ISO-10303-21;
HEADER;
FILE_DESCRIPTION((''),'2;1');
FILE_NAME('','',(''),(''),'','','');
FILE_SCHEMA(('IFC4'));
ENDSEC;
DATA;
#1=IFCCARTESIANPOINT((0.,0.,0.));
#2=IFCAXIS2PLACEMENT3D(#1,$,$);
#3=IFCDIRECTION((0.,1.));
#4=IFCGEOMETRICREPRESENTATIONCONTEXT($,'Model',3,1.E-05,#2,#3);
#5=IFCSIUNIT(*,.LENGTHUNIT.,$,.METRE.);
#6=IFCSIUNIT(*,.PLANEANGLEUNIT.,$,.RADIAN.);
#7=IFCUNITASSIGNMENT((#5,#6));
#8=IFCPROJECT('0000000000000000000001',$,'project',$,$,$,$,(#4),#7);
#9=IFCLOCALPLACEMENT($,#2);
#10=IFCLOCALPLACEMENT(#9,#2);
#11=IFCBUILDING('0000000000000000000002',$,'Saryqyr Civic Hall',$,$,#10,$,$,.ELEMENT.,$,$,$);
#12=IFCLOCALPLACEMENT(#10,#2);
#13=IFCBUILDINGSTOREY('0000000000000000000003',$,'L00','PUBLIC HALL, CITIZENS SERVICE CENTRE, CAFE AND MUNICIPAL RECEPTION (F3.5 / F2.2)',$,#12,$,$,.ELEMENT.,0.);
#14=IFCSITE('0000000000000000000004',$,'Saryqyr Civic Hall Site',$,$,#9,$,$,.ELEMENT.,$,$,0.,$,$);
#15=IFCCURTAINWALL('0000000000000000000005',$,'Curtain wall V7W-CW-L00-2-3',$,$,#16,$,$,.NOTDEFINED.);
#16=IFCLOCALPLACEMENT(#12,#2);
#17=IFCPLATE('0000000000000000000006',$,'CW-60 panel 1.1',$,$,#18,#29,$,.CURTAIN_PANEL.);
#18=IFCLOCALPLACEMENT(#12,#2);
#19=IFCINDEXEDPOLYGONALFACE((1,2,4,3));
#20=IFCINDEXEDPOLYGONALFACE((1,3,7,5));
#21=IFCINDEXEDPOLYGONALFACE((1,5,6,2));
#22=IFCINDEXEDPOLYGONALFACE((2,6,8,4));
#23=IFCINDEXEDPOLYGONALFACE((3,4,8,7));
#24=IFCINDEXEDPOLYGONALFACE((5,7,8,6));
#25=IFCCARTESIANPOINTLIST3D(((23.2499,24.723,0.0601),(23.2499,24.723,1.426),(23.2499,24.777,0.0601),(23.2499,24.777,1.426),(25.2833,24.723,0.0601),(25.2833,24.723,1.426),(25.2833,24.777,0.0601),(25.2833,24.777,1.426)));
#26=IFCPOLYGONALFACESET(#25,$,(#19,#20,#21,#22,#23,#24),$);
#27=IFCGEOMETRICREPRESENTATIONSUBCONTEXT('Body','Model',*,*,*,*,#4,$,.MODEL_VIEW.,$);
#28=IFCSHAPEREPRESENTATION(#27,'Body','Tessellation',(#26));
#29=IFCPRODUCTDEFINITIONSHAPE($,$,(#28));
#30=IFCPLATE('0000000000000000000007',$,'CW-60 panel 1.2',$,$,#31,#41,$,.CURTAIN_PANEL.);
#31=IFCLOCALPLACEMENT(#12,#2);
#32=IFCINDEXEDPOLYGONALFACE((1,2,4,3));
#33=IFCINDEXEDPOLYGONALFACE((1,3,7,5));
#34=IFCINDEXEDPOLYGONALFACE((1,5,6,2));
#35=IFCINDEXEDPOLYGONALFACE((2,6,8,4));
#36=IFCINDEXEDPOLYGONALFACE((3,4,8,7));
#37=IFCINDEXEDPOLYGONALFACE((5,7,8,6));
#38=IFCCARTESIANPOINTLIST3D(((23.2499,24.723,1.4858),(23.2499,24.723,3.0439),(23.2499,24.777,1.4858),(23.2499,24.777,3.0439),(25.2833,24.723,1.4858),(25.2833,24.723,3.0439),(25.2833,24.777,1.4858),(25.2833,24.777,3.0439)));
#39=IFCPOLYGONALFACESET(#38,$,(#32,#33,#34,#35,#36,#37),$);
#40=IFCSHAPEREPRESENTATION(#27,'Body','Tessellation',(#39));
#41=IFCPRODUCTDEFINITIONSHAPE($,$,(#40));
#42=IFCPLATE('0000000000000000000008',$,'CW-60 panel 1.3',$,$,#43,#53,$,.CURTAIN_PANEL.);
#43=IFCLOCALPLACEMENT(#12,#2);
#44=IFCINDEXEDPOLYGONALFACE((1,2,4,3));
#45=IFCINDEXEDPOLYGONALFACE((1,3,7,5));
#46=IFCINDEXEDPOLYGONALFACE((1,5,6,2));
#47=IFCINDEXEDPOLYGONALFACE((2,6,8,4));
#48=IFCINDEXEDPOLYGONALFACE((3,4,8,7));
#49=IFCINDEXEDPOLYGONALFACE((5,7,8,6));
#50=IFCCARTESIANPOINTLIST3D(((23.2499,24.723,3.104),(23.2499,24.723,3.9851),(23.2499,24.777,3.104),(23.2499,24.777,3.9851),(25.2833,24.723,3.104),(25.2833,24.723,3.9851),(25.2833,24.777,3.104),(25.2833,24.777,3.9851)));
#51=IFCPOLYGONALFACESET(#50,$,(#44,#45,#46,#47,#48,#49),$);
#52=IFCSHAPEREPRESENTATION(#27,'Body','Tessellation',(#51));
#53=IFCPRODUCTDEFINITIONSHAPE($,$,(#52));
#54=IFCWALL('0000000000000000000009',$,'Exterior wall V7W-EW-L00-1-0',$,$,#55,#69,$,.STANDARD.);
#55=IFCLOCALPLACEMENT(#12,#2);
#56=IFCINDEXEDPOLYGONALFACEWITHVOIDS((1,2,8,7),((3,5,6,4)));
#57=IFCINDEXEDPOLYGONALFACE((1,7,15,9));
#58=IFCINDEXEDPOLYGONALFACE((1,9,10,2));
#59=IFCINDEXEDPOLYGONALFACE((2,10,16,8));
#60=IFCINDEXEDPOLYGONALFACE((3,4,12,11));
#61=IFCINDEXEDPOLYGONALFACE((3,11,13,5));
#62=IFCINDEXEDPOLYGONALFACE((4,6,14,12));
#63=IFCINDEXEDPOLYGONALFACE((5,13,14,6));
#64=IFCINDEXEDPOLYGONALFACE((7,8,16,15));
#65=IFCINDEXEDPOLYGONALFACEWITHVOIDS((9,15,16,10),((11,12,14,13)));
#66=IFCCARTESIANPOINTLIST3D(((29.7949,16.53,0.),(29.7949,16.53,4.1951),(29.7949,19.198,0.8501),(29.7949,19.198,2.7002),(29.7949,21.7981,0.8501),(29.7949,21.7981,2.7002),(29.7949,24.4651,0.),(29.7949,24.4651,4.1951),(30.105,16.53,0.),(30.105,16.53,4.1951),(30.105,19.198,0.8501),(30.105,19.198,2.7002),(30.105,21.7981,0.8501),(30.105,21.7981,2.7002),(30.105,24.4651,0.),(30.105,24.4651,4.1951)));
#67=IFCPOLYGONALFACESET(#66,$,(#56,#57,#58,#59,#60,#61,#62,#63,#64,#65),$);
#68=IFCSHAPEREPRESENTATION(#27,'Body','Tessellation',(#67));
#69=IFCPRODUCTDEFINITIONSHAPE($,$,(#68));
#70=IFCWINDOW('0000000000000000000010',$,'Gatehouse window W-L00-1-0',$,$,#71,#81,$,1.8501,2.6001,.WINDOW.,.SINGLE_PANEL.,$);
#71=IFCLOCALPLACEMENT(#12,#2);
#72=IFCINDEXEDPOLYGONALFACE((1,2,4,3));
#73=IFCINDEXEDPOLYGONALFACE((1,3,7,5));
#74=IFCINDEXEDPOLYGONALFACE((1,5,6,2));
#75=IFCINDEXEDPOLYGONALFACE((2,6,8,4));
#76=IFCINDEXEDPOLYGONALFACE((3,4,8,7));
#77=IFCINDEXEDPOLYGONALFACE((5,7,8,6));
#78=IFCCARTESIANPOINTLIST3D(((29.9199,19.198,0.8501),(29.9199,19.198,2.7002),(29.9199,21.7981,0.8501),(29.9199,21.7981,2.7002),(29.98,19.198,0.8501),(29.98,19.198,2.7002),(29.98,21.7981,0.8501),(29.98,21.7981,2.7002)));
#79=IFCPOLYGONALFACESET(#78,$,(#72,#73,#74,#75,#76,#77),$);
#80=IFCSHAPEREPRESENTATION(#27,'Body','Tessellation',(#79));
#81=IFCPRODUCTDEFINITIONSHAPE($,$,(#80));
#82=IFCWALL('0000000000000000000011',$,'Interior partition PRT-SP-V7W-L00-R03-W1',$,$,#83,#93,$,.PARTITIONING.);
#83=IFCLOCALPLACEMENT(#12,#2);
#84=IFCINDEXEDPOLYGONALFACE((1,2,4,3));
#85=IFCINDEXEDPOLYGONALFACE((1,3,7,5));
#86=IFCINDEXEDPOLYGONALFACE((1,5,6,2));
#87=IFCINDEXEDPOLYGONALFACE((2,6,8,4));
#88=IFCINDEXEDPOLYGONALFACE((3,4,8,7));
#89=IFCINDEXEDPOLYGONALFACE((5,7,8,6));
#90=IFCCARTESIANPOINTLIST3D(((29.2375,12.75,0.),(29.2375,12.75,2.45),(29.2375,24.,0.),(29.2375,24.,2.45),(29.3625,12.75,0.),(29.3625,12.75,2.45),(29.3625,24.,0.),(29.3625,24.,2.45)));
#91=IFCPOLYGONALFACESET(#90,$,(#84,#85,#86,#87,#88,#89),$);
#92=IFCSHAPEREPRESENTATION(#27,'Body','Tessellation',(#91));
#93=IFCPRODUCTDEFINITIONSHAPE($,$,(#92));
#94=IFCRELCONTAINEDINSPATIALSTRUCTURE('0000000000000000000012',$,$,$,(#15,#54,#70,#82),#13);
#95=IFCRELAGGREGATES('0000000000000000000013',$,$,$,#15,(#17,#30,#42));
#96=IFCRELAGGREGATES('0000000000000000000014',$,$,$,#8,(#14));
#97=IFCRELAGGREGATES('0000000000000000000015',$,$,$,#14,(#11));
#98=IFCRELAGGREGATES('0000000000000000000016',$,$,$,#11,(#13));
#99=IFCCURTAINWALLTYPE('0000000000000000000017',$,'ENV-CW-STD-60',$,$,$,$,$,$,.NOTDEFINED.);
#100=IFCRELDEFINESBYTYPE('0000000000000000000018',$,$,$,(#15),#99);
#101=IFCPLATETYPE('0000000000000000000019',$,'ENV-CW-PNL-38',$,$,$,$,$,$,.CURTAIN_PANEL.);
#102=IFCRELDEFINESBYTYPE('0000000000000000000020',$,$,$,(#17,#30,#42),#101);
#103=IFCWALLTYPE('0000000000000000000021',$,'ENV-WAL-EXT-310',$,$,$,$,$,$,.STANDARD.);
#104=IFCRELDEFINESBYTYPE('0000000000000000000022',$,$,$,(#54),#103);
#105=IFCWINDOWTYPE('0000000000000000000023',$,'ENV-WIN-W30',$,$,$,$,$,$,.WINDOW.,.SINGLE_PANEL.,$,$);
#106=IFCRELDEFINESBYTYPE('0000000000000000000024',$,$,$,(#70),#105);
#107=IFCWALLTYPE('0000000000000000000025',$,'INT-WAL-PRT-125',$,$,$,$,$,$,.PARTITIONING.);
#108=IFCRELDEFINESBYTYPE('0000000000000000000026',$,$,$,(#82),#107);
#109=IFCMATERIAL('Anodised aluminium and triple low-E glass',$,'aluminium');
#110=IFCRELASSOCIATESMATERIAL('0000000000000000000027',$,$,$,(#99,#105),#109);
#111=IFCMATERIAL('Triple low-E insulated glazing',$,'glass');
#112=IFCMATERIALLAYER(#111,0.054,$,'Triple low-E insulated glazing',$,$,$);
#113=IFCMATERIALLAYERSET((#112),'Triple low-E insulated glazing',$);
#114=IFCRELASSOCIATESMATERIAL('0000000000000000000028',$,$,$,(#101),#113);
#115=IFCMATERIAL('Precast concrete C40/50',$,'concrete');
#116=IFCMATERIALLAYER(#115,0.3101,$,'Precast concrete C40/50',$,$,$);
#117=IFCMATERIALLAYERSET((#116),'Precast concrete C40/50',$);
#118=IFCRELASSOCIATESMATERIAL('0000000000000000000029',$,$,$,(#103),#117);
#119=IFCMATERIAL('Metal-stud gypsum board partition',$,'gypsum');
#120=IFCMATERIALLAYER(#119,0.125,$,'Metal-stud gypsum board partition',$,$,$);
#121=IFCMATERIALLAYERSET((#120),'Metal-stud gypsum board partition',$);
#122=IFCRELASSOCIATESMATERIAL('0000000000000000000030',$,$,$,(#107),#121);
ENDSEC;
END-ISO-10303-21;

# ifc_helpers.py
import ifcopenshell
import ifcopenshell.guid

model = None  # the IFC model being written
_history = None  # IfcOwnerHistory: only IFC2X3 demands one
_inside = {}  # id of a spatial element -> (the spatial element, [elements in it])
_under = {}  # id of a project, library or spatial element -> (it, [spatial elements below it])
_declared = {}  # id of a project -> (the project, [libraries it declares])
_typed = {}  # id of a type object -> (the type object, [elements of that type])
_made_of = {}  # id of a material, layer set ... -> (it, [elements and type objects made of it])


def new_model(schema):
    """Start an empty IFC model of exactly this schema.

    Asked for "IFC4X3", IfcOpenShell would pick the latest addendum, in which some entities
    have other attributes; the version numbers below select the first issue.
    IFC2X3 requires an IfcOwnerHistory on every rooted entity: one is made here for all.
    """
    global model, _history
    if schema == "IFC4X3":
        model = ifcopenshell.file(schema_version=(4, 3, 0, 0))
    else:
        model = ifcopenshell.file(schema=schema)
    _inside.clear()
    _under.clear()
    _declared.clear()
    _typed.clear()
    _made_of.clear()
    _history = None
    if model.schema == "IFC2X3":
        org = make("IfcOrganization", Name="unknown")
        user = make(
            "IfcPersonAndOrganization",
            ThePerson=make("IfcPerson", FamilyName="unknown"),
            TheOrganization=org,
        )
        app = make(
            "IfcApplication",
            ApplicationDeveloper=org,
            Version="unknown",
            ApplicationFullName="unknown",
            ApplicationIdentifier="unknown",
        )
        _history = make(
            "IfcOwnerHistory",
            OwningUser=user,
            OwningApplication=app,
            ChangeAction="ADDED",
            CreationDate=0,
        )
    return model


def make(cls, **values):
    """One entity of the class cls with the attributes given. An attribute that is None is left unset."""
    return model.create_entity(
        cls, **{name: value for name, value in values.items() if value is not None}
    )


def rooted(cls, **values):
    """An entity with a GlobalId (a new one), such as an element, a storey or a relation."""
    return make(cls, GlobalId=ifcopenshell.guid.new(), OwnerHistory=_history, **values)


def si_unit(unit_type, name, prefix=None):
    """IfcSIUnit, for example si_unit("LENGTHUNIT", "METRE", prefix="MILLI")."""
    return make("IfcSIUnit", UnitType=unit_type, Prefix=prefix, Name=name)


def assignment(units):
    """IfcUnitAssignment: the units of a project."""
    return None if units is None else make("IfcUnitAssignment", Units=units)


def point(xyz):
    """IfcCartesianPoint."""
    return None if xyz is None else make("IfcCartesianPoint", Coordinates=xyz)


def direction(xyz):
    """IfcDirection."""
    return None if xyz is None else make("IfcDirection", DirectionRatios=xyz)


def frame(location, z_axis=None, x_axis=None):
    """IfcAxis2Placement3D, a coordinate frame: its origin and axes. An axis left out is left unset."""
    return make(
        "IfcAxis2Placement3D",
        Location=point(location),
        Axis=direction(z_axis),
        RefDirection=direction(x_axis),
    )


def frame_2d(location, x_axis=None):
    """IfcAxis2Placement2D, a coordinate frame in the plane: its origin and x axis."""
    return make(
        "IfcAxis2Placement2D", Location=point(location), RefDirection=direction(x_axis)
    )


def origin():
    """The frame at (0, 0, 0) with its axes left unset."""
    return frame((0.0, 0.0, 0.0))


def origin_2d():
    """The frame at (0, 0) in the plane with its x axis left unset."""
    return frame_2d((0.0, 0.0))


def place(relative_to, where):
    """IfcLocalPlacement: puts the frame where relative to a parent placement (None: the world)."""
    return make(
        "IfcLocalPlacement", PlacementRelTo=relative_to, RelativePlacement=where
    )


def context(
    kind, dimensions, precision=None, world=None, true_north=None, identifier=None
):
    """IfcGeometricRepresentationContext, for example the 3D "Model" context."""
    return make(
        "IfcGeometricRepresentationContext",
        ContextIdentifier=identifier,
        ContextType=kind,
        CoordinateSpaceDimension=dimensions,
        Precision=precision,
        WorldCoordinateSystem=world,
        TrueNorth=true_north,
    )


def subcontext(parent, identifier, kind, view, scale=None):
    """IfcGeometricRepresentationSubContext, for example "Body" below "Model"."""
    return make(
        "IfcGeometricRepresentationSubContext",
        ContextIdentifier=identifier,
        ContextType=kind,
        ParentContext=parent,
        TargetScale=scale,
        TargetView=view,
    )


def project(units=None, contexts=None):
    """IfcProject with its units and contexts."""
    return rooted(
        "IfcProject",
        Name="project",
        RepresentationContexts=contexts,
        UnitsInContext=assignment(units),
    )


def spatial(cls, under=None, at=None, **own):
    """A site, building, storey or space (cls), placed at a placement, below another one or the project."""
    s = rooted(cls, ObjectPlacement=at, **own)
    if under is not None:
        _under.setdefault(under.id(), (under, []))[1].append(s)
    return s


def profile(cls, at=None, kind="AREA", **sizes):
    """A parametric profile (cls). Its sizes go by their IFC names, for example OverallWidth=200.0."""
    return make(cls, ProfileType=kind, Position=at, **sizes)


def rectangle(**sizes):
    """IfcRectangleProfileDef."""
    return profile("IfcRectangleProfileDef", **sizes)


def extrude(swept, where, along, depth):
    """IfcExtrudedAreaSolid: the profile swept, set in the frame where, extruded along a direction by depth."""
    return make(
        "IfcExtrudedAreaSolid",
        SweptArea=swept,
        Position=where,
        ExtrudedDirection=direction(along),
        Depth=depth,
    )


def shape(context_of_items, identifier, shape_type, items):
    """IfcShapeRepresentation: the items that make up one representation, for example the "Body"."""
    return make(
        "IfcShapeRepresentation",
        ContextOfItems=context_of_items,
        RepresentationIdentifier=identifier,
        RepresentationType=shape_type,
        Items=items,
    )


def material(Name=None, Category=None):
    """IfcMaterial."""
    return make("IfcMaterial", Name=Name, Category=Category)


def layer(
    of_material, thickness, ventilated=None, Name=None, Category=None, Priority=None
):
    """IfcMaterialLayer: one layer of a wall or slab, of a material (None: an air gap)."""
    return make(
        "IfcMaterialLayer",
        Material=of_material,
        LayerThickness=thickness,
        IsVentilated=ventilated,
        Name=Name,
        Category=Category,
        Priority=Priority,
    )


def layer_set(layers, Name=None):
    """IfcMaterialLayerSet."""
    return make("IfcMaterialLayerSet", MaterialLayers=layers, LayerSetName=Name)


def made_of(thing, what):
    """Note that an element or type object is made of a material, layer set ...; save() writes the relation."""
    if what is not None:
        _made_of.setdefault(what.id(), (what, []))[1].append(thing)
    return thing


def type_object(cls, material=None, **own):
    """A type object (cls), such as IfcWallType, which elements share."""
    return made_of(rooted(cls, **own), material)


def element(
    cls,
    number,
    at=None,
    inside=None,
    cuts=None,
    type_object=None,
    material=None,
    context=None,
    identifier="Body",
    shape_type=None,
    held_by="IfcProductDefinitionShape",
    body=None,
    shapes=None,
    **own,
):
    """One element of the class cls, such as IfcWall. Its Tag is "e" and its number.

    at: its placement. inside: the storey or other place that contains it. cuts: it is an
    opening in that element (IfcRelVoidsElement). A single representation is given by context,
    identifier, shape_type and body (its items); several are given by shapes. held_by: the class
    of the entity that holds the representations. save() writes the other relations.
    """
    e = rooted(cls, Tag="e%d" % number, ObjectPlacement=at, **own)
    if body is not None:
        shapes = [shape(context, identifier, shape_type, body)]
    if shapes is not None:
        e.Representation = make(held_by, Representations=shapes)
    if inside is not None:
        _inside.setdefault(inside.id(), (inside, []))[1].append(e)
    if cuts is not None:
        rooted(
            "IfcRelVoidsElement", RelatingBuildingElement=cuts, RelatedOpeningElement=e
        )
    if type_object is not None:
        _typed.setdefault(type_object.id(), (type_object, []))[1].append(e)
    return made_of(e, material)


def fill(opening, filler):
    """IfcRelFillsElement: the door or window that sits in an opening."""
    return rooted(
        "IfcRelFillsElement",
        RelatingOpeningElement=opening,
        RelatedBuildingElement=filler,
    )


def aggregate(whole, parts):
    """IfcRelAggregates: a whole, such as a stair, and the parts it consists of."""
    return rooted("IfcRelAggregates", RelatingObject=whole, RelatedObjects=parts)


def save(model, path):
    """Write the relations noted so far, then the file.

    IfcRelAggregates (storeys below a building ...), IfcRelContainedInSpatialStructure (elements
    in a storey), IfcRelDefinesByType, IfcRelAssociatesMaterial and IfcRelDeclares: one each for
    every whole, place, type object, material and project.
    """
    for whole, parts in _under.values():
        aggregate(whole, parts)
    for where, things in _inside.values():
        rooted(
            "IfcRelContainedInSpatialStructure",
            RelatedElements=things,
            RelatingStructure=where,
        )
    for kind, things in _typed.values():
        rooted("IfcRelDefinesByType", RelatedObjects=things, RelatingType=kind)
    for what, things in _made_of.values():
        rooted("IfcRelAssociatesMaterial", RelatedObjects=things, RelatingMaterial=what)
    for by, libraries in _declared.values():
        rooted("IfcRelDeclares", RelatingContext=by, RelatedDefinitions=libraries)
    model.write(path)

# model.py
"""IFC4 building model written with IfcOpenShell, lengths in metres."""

from ifc_helpers import new_model, si_unit, direction, frame, frame_2d, origin, origin_2d, place, context, subcontext, project, spatial, rectangle, extrude, material, layer, layer_set, type_object, element, fill, aggregate, save


model = new_model("IFC4")

# Units and contexts
model_context = context("Model", 3, precision=1e-05, world=origin(), true_north=direction((0.0, 1.0)))
body_context = subcontext(model_context, "Body", "Model", "MODEL_VIEW")
ifc_project = project(units=[si_unit("LENGTHUNIT", "METRE"), si_unit("PLANEANGLEUNIT", "RADIAN")], contexts=[model_context])

# Site, building, storey
site_placement = place(None, origin())
site = spatial("IfcSite", under=ifc_project, at=site_placement, Name="Saryqyr Civic Hall Site", CompositionType="ELEMENT", RefElevation=0.0)
building_placement = place(site_placement, origin())
building = spatial("IfcBuilding", under=site, at=building_placement, Name="Saryqyr Civic Hall", CompositionType="ELEMENT")
storey_placement = place(building_placement, origin())
storey = spatial("IfcBuildingStorey", under=building, at=storey_placement, Name="L00", Description="PUBLIC HALL, CITIZENS SERVICE CENTRE, CAFE AND MUNICIPAL RECEPTION (F3.5 / F2.2)", CompositionType="ELEMENT", Elevation=0.0)

# Curtain wall
ifc_material_1 = material(Name="Anodised aluminium and triple low-E glass", Category="aluminium")
curtain_wall_type = type_object("IfcCurtainWallType", Name="ENV-CW-STD-60", PredefinedType="NOTDEFINED", material=ifc_material_1)
curtain_wall_placement = place(storey_placement, origin())
curtain_wall = element("IfcCurtainWall", 1, at=curtain_wall_placement, inside=storey, type_object=curtain_wall_type, Name="Curtain wall V7W-CW-L00-2-3", PredefinedType="NOTDEFINED")

# Plates
ifc_material_2 = material(Name="Triple low-E insulated glazing", Category="glass")
ifc_layer_1 = layer(ifc_material_2, 0.054, Name="Triple low-E insulated glazing")
ifc_layer_set_1 = layer_set([ifc_layer_1], Name="Triple low-E insulated glazing")
plate_type = type_object("IfcPlateType", Name="ENV-CW-PNL-38", PredefinedType="CURTAIN_PANEL", material=ifc_layer_set_1)
plate_1_placement = place(storey_placement, frame((24.2666, 24.75, 0.0601), z_axis=(0.0, 0.0, 1.0), x_axis=(1.0, 0.0, 0.0)))
plate_1 = element("IfcPlate", 2, at=plate_1_placement, type_object=plate_type, Name="CW-60 panel 1.1", PredefinedType="CURTAIN_PANEL", context=body_context, shape_type="SweptSolid", body=[
    extrude(rectangle(XDim=2.0334, YDim=0.054, at=origin_2d()), origin(), (0.0, 0.0, 1.0), 1.366),
])
plate_2_placement = place(storey_placement, frame((24.2666, 24.75, 1.4858), z_axis=(0.0, 0.0, 1.0), x_axis=(1.0, 0.0, 0.0)))
plate_2 = element("IfcPlate", 3, at=plate_2_placement, type_object=plate_type, Name="CW-60 panel 1.2", PredefinedType="CURTAIN_PANEL", context=body_context, shape_type="SweptSolid", body=[
    extrude(rectangle(XDim=2.0334, YDim=0.054, at=origin_2d()), origin(), (0.0, 0.0, 1.0), 1.5581),
])
plate_3_placement = place(storey_placement, frame((24.2666, 24.75, 3.104), z_axis=(0.0, 0.0, 1.0), x_axis=(1.0, 0.0, 0.0)))
plate_3 = element("IfcPlate", 4, at=plate_3_placement, type_object=plate_type, Name="CW-60 panel 1.3", PredefinedType="CURTAIN_PANEL", context=body_context, shape_type="SweptSolid", body=[
    extrude(rectangle(XDim=2.0334, YDim=0.054, at=origin_2d()), origin(), (0.0, 0.0, 1.0), 0.8811),
])
aggregate(curtain_wall, [plate_1, plate_2, plate_3])

# Wall, opening, window
ifc_material_3 = material(Name="Precast concrete C40/50", Category="concrete")
ifc_layer_2 = layer(ifc_material_3, 0.3101, Name="Precast concrete C40/50")
ifc_layer_set_2 = layer_set([ifc_layer_2], Name="Precast concrete C40/50")
wall_type_1 = type_object("IfcWallType", Name="ENV-WAL-EXT-310", PredefinedType="STANDARD", material=ifc_layer_set_2)
wall_1_placement = place(storey_placement, frame((29.95, 24.4651, 0.0), z_axis=(0.0, 0.0, 1.0), x_axis=(0.0, -1.0, 0.0)))
wall_1 = element("IfcWall", 5, at=wall_1_placement, inside=storey, type_object=wall_type_1, Name="Exterior wall V7W-EW-L00-1-0", PredefinedType="STANDARD", context=body_context, shape_type="SweptSolid", body=[
    extrude(rectangle(XDim=7.9351, YDim=0.3101, at=frame_2d((3.9675, 0.0))), origin(), (0.0, 0.0, 1.0), 4.1951),
])
opening_placement = place(wall_1_placement, frame((2.667, 0.0, 0.8501)))
opening = element("IfcOpeningElement", 6, at=opening_placement, cuts=wall_1, PredefinedType="OPENING", context=body_context, shape_type="SweptSolid", body=[
    extrude(rectangle(XDim=2.6001, YDim=1.8501, at=frame_2d((1.3, 0.925))), frame((0.0, 0.165, 0.0), z_axis=(0.0, -1.0, 0.0), x_axis=(1.0, 0.0, 0.0)), (0.0, 0.0, 1.0), 0.3301),
])
window_type = type_object("IfcWindowType", Name="ENV-WIN-W30", PartitioningType="SINGLE_PANEL", PredefinedType="WINDOW", material=ifc_material_1)
window_placement = place(opening_placement, origin())
window = element("IfcWindow", 7, at=window_placement, inside=storey, type_object=window_type, Name="Gatehouse window W-L00-1-0", OverallHeight=1.8501, OverallWidth=2.6001, PartitioningType="SINGLE_PANEL", PredefinedType="WINDOW", context=body_context, shape_type="SweptSolid", body=[
    extrude(rectangle(XDim=2.6001, YDim=1.8501, at=frame_2d((1.3, 0.925))), frame((0.0, 0.03, 0.0), z_axis=(0.0, -1.0, 0.0), x_axis=(1.0, 0.0, 0.0)), (0.0, 0.0, 1.0), 0.0601),
])
fill(opening, window)

# Wall
ifc_material_4 = material(Name="Metal-stud gypsum board partition", Category="gypsum")
ifc_layer_3 = layer(ifc_material_4, 0.125, Name="Metal-stud gypsum board partition")
ifc_layer_set_3 = layer_set([ifc_layer_3], Name="Metal-stud gypsum board partition")
wall_type_2 = type_object("IfcWallType", Name="INT-WAL-PRT-125", PredefinedType="PARTITIONING", material=ifc_layer_set_3)
wall_2_placement = place(storey_placement, frame((29.3, 24.0, 0.0), z_axis=(0.0, 0.0, 1.0), x_axis=(0.0, -1.0, 0.0)))
element("IfcWall", 8, at=wall_2_placement, inside=storey, type_object=wall_type_2, Name="Interior partition PRT-SP-V7W-L00-R03-W1", PredefinedType="PARTITIONING", context=body_context, shape_type="SweptSolid", body=[
    extrude(rectangle(XDim=11.25, YDim=0.125, at=frame_2d((5.625, 0.0))), origin(), (0.0, 0.0, 1.0), 2.45),
])

save(model, "model.ifc")
